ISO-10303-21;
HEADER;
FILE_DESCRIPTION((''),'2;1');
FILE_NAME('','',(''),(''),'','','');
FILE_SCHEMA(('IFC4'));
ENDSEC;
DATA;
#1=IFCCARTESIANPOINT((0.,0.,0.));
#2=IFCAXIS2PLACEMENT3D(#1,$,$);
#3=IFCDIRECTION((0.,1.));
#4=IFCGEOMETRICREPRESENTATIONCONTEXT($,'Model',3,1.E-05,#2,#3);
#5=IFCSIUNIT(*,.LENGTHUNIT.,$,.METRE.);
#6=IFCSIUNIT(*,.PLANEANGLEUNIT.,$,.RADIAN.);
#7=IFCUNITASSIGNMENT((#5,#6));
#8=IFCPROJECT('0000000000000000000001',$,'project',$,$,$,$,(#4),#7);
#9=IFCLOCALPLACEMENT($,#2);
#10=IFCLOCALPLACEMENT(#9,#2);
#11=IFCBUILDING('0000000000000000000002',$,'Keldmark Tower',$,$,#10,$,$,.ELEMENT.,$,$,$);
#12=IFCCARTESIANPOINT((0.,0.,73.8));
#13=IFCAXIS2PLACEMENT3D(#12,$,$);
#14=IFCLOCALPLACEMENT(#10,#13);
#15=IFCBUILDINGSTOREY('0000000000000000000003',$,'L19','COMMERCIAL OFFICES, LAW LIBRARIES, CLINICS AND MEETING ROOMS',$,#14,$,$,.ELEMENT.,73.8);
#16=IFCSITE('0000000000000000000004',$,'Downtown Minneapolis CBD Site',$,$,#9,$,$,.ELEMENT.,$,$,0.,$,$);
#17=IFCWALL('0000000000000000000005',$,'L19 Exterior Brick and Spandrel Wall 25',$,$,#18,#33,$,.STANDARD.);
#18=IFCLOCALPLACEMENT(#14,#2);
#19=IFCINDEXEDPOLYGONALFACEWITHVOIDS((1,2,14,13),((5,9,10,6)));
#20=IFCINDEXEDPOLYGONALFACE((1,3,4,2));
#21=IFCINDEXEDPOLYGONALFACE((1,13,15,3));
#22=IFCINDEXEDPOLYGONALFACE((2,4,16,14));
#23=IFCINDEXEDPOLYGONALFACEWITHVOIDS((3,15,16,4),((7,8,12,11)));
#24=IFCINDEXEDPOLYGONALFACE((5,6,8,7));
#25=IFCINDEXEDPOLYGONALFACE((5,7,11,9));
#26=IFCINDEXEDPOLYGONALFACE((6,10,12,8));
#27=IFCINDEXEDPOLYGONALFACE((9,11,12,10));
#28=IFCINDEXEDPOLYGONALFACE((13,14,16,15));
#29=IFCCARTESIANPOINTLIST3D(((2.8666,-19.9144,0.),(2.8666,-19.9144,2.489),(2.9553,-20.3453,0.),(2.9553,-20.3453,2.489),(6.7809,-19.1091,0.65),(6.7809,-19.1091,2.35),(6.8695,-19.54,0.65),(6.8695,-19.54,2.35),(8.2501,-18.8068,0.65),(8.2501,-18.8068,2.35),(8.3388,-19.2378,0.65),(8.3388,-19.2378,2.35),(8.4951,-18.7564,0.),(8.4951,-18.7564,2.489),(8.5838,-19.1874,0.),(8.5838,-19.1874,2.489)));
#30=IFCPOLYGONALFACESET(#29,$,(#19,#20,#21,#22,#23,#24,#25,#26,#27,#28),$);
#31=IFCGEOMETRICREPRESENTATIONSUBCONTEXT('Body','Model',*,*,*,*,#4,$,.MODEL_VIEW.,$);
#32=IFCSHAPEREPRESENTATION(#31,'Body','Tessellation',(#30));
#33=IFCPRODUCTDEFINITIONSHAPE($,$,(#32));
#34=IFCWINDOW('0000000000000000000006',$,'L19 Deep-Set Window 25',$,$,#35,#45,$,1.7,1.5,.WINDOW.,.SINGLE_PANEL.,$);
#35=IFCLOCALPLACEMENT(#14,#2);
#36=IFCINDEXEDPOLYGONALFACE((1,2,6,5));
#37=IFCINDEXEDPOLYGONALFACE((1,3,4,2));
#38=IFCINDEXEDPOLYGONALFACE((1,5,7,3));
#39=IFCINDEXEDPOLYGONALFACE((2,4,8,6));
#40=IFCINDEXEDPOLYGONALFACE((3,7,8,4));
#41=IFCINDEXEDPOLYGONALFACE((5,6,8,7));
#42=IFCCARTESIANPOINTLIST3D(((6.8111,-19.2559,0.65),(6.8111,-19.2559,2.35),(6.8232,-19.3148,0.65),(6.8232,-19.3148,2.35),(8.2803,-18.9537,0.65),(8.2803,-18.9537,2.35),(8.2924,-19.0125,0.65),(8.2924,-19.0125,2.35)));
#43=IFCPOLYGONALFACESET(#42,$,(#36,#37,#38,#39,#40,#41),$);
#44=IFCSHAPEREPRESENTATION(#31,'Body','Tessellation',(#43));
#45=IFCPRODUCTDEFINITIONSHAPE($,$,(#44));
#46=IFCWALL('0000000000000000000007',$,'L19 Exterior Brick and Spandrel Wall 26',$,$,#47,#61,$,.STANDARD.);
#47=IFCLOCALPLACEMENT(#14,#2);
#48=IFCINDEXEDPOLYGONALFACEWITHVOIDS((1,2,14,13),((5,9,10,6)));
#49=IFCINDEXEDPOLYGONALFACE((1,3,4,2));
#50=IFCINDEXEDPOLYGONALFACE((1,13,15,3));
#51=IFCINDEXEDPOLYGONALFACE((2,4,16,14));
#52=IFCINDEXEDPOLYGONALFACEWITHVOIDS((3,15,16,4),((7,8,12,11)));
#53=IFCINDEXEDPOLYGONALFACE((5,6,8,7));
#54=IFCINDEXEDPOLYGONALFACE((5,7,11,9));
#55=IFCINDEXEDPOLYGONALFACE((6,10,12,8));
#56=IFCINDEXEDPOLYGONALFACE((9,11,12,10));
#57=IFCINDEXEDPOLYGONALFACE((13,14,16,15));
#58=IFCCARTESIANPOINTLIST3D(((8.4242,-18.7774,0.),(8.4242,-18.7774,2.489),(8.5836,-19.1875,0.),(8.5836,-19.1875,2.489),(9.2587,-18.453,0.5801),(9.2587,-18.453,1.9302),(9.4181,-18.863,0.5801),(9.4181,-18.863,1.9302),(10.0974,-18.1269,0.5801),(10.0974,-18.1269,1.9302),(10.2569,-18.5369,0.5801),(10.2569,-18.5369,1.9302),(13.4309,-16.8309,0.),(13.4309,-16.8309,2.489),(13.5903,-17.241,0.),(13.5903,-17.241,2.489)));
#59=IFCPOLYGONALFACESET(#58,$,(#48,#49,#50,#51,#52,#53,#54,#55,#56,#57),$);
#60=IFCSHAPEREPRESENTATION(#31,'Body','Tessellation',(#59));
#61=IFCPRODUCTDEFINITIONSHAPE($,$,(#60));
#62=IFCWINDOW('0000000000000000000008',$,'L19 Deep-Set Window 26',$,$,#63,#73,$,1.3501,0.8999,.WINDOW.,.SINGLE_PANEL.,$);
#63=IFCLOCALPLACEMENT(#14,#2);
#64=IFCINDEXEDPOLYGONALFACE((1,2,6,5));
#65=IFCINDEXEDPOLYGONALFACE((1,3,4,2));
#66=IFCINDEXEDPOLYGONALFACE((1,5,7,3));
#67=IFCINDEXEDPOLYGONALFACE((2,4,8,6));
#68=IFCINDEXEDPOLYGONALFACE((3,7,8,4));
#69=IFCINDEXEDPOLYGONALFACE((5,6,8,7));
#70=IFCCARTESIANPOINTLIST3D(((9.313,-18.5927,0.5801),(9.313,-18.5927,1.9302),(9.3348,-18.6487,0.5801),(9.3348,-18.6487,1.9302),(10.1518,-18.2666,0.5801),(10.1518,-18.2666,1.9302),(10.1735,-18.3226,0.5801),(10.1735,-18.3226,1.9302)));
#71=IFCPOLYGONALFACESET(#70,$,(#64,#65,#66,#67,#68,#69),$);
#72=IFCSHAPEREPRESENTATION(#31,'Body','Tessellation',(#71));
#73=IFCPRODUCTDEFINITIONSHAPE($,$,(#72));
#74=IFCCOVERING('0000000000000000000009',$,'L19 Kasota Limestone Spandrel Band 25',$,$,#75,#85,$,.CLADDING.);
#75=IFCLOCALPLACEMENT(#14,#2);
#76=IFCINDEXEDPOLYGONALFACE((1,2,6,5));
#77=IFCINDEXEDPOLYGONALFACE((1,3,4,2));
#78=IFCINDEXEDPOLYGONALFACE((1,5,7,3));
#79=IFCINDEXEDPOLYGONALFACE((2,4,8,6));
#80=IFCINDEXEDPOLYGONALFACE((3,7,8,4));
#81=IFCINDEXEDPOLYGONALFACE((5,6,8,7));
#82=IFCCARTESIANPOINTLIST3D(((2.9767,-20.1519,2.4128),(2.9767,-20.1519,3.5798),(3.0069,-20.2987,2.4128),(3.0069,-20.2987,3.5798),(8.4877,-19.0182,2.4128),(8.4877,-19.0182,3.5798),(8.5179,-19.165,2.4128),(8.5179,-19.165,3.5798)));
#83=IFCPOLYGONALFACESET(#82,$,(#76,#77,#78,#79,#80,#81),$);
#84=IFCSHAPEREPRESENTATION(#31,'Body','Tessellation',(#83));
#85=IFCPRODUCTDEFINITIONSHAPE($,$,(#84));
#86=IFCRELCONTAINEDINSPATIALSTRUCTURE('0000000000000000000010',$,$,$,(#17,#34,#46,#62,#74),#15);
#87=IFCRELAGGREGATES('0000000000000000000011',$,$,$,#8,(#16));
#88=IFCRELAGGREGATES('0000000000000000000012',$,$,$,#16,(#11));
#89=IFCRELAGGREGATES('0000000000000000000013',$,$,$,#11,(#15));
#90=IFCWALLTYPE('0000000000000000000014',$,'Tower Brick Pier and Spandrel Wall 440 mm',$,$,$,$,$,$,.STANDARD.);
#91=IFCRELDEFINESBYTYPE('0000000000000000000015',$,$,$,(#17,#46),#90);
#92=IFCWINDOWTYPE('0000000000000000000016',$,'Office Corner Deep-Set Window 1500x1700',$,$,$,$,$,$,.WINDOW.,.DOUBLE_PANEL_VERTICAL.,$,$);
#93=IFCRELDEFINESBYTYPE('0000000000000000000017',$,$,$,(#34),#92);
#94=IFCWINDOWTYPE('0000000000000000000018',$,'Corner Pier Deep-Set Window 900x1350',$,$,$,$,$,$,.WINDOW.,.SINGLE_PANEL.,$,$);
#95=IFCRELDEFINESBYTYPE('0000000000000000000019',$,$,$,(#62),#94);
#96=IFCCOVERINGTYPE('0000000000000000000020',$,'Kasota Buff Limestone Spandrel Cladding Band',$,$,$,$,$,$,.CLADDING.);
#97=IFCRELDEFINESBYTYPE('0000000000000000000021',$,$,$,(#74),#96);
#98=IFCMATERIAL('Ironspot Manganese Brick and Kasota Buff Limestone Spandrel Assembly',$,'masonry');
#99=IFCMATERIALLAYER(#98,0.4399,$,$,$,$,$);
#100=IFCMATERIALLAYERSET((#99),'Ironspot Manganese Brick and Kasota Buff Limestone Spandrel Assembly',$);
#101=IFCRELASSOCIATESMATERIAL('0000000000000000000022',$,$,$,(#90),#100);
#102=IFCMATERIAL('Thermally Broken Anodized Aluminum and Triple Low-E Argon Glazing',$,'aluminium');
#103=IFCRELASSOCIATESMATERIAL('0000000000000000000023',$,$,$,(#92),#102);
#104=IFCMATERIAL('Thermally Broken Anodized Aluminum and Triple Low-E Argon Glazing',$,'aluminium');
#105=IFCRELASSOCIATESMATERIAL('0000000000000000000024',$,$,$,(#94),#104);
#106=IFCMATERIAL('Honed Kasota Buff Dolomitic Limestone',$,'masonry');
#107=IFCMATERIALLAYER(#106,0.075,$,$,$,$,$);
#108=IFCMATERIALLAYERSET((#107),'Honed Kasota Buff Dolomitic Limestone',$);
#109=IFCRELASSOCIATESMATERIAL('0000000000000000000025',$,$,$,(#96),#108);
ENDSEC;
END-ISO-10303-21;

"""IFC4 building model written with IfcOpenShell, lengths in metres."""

from ifc_helpers import new_model, si_unit, direction, frame, frame_2d, origin, origin_2d, place, context, subcontext, project, spatial, rectangle, extrude, material, layer, layer_set, type_object, element, fill, save


model = new_model("IFC4")

# Units and contexts
model_context = context("Model", 3, precision=1e-05, world=origin(), true_north=direction((0.0, 1.0)))
body_context = subcontext(model_context, "Body", "Model", "MODEL_VIEW")
ifc_project = project(units=[si_unit("LENGTHUNIT", "METRE"), si_unit("PLANEANGLEUNIT", "RADIAN")], contexts=[model_context])

# Site, building, storey
site_placement = place(None, origin())
site = spatial("IfcSite", under=ifc_project, at=site_placement, Name="Downtown Minneapolis CBD Site", CompositionType="ELEMENT", RefElevation=0.0)
building_placement = place(site_placement, origin())
building = spatial("IfcBuilding", under=site, at=building_placement, Name="Keldmark Tower", CompositionType="ELEMENT")
storey_placement = place(building_placement, frame((0.0, 0.0, 73.8)))
storey = spatial("IfcBuildingStorey", under=building, at=storey_placement, Name="L19", Description="COMMERCIAL OFFICES, LAW LIBRARIES, CLINICS AND MEETING ROOMS", CompositionType="ELEMENT", Elevation=73.8)

# Walls, openings, windows
ifc_material_1 = material(Name="Ironspot Manganese Brick and Kasota Buff Limestone Spandrel Assembly", Category="masonry")
ifc_layer_1 = layer(ifc_material_1, 0.4399)
ifc_layer_set_1 = layer_set([ifc_layer_1], Name="Ironspot Manganese Brick and Kasota Buff Limestone Spandrel Assembly")
wall_type_1 = type_object("IfcWallType", Name="Tower Brick Pier and Spandrel Wall 440 mm", PredefinedType="STANDARD", material=ifc_layer_set_1)
ifc_material_2 = material(Name="Thermally Broken Anodized Aluminum and Triple Low-E Argon Glazing", Category="aluminium")
window_type_1 = type_object("IfcWindowType", Name="Office Corner Deep-Set Window 1500x1700", PartitioningType="DOUBLE_PANEL_VERTICAL", PredefinedType="WINDOW", material=ifc_material_2)
wall_1_placement = place(storey_placement, frame((8.5393, -18.9719, 0.0), z_axis=(0.0, 0.0, 1.0), x_axis=(-0.979486, -0.201514, 0.0)))
wall_1 = element("IfcWall", 1, at=wall_1_placement, inside=storey, type_object=wall_type_1, Name="L19 Exterior Brick and Spandrel Wall 25", PredefinedType="STANDARD", context=body_context, shape_type="SweptSolid", body=[
    extrude(rectangle(XDim=5.7463, YDim=0.4399, at=frame_2d((2.873, 0.0))), origin(), (0.0, 0.0, 1.0), 2.489),
])
opening_1_placement = place(wall_1_placement, frame((0.25, 0.0, 0.6499)))
opening_1 = element("IfcOpeningElement", 2, at=opening_1_placement, cuts=wall_1, PredefinedType="OPENING", context=body_context, shape_type="SweptSolid", body=[
    extrude(rectangle(XDim=1.5, YDim=1.7, at=frame_2d((0.75, 0.8501))), frame((0.0, 0.23, 0.0), z_axis=(0.0, -1.0, 0.0), x_axis=(1.0, 0.0, 0.0)), (0.0, 0.0, 1.0), 0.46),
])
window_1_placement = place(opening_1_placement, origin())
window_1 = element("IfcWindow", 3, at=window_1_placement, inside=storey, type_object=window_type_1, Name="L19 Deep-Set Window 25", OverallHeight=1.7, OverallWidth=1.5, PartitioningType="SINGLE_PANEL", PredefinedType="WINDOW", context=body_context, shape_type="SweptSolid", body=[
    extrude(rectangle(XDim=1.5, YDim=1.7, at=frame_2d((0.75, 0.8501))), frame((0.0, -0.01, 0.0), z_axis=(0.0, -1.0, 0.0), x_axis=(1.0, 0.0, 0.0)), (0.0, 0.0, 1.0), 0.0601),
])
fill(opening_1, window_1)
wall_2_placement = place(storey_placement, frame((13.5107, -17.0359, 0.0), z_axis=(0.0, 0.0, 1.0), x_axis=(-0.93204, -0.362354, 0.0)))
wall_2 = element("IfcWall", 4, at=wall_2_placement, inside=storey, type_object=wall_type_1, Name="L19 Exterior Brick and Spandrel Wall 26", PredefinedType="STANDARD", context=body_context, shape_type="SweptSolid", body=[
    extrude(rectangle(XDim=5.3718, YDim=0.4399, at=frame_2d((2.686, 0.0))), origin(), (0.0, 0.0, 1.0), 2.489),
])
opening_2_placement = place(wall_2_placement, frame((3.5767, 0.0, 0.5801)))
opening_2 = element("IfcOpeningElement", 5, at=opening_2_placement, cuts=wall_2, PredefinedType="OPENING", context=body_context, shape_type="SweptSolid", body=[
    extrude(rectangle(XDim=0.8999, YDim=1.3501, at=frame_2d((0.45, 0.675))), frame((0.0, 0.23, 0.0), z_axis=(0.0, -1.0, 0.0), x_axis=(1.0, 0.0, 0.0)), (0.0, 0.0, 1.0), 0.46),
])
ifc_material_3 = material(Name="Thermally Broken Anodized Aluminum and Triple Low-E Argon Glazing", Category="aluminium")
window_type_2 = type_object("IfcWindowType", Name="Corner Pier Deep-Set Window 900x1350", PartitioningType="SINGLE_PANEL", PredefinedType="WINDOW", material=ifc_material_3)
window_2_placement = place(opening_2_placement, origin())
window_2 = element("IfcWindow", 6, at=window_2_placement, inside=storey, type_object=window_type_2, Name="L19 Deep-Set Window 26", OverallHeight=1.3501, OverallWidth=0.8999, PartitioningType="SINGLE_PANEL", PredefinedType="WINDOW", context=body_context, shape_type="SweptSolid", body=[
    extrude(rectangle(XDim=0.8999, YDim=1.3501, at=frame_2d((0.45, 0.675))), frame((0.0, -0.01, 0.0), z_axis=(0.0, -1.0, 0.0), x_axis=(1.0, 0.0, 0.0)), (0.0, 0.0, 1.0), 0.0601),
])
fill(opening_2, window_2)

# Covering
ifc_material_4 = material(Name="Honed Kasota Buff Dolomitic Limestone", Category="masonry")
ifc_layer_2 = layer(ifc_material_4, 0.075)
ifc_layer_set_2 = layer_set([ifc_layer_2], Name="Honed Kasota Buff Dolomitic Limestone")
covering_type = type_object("IfcCoveringType", Name="Kasota Buff Limestone Spandrel Cladding Band", PredefinedType="CLADDING", material=ifc_layer_set_2)
covering_placement = place(storey_placement, frame((5.7473, -19.6584, 2.4128), z_axis=(0.0, 0.0, 1.0), x_axis=(0.979487, 0.201505, 0.0)))
element("IfcCovering", 7, at=covering_placement, inside=storey, type_object=covering_type, Name="L19 Kasota Limestone Spandrel Band 25", PredefinedType="CLADDING", context=body_context, shape_type="SweptSolid", body=[
    extrude(rectangle(XDim=5.6265, YDim=0.1499, at=origin_2d()), origin(), (0.0, 0.0, 1.0), 1.167),
])

save(model, "model.ifc")
